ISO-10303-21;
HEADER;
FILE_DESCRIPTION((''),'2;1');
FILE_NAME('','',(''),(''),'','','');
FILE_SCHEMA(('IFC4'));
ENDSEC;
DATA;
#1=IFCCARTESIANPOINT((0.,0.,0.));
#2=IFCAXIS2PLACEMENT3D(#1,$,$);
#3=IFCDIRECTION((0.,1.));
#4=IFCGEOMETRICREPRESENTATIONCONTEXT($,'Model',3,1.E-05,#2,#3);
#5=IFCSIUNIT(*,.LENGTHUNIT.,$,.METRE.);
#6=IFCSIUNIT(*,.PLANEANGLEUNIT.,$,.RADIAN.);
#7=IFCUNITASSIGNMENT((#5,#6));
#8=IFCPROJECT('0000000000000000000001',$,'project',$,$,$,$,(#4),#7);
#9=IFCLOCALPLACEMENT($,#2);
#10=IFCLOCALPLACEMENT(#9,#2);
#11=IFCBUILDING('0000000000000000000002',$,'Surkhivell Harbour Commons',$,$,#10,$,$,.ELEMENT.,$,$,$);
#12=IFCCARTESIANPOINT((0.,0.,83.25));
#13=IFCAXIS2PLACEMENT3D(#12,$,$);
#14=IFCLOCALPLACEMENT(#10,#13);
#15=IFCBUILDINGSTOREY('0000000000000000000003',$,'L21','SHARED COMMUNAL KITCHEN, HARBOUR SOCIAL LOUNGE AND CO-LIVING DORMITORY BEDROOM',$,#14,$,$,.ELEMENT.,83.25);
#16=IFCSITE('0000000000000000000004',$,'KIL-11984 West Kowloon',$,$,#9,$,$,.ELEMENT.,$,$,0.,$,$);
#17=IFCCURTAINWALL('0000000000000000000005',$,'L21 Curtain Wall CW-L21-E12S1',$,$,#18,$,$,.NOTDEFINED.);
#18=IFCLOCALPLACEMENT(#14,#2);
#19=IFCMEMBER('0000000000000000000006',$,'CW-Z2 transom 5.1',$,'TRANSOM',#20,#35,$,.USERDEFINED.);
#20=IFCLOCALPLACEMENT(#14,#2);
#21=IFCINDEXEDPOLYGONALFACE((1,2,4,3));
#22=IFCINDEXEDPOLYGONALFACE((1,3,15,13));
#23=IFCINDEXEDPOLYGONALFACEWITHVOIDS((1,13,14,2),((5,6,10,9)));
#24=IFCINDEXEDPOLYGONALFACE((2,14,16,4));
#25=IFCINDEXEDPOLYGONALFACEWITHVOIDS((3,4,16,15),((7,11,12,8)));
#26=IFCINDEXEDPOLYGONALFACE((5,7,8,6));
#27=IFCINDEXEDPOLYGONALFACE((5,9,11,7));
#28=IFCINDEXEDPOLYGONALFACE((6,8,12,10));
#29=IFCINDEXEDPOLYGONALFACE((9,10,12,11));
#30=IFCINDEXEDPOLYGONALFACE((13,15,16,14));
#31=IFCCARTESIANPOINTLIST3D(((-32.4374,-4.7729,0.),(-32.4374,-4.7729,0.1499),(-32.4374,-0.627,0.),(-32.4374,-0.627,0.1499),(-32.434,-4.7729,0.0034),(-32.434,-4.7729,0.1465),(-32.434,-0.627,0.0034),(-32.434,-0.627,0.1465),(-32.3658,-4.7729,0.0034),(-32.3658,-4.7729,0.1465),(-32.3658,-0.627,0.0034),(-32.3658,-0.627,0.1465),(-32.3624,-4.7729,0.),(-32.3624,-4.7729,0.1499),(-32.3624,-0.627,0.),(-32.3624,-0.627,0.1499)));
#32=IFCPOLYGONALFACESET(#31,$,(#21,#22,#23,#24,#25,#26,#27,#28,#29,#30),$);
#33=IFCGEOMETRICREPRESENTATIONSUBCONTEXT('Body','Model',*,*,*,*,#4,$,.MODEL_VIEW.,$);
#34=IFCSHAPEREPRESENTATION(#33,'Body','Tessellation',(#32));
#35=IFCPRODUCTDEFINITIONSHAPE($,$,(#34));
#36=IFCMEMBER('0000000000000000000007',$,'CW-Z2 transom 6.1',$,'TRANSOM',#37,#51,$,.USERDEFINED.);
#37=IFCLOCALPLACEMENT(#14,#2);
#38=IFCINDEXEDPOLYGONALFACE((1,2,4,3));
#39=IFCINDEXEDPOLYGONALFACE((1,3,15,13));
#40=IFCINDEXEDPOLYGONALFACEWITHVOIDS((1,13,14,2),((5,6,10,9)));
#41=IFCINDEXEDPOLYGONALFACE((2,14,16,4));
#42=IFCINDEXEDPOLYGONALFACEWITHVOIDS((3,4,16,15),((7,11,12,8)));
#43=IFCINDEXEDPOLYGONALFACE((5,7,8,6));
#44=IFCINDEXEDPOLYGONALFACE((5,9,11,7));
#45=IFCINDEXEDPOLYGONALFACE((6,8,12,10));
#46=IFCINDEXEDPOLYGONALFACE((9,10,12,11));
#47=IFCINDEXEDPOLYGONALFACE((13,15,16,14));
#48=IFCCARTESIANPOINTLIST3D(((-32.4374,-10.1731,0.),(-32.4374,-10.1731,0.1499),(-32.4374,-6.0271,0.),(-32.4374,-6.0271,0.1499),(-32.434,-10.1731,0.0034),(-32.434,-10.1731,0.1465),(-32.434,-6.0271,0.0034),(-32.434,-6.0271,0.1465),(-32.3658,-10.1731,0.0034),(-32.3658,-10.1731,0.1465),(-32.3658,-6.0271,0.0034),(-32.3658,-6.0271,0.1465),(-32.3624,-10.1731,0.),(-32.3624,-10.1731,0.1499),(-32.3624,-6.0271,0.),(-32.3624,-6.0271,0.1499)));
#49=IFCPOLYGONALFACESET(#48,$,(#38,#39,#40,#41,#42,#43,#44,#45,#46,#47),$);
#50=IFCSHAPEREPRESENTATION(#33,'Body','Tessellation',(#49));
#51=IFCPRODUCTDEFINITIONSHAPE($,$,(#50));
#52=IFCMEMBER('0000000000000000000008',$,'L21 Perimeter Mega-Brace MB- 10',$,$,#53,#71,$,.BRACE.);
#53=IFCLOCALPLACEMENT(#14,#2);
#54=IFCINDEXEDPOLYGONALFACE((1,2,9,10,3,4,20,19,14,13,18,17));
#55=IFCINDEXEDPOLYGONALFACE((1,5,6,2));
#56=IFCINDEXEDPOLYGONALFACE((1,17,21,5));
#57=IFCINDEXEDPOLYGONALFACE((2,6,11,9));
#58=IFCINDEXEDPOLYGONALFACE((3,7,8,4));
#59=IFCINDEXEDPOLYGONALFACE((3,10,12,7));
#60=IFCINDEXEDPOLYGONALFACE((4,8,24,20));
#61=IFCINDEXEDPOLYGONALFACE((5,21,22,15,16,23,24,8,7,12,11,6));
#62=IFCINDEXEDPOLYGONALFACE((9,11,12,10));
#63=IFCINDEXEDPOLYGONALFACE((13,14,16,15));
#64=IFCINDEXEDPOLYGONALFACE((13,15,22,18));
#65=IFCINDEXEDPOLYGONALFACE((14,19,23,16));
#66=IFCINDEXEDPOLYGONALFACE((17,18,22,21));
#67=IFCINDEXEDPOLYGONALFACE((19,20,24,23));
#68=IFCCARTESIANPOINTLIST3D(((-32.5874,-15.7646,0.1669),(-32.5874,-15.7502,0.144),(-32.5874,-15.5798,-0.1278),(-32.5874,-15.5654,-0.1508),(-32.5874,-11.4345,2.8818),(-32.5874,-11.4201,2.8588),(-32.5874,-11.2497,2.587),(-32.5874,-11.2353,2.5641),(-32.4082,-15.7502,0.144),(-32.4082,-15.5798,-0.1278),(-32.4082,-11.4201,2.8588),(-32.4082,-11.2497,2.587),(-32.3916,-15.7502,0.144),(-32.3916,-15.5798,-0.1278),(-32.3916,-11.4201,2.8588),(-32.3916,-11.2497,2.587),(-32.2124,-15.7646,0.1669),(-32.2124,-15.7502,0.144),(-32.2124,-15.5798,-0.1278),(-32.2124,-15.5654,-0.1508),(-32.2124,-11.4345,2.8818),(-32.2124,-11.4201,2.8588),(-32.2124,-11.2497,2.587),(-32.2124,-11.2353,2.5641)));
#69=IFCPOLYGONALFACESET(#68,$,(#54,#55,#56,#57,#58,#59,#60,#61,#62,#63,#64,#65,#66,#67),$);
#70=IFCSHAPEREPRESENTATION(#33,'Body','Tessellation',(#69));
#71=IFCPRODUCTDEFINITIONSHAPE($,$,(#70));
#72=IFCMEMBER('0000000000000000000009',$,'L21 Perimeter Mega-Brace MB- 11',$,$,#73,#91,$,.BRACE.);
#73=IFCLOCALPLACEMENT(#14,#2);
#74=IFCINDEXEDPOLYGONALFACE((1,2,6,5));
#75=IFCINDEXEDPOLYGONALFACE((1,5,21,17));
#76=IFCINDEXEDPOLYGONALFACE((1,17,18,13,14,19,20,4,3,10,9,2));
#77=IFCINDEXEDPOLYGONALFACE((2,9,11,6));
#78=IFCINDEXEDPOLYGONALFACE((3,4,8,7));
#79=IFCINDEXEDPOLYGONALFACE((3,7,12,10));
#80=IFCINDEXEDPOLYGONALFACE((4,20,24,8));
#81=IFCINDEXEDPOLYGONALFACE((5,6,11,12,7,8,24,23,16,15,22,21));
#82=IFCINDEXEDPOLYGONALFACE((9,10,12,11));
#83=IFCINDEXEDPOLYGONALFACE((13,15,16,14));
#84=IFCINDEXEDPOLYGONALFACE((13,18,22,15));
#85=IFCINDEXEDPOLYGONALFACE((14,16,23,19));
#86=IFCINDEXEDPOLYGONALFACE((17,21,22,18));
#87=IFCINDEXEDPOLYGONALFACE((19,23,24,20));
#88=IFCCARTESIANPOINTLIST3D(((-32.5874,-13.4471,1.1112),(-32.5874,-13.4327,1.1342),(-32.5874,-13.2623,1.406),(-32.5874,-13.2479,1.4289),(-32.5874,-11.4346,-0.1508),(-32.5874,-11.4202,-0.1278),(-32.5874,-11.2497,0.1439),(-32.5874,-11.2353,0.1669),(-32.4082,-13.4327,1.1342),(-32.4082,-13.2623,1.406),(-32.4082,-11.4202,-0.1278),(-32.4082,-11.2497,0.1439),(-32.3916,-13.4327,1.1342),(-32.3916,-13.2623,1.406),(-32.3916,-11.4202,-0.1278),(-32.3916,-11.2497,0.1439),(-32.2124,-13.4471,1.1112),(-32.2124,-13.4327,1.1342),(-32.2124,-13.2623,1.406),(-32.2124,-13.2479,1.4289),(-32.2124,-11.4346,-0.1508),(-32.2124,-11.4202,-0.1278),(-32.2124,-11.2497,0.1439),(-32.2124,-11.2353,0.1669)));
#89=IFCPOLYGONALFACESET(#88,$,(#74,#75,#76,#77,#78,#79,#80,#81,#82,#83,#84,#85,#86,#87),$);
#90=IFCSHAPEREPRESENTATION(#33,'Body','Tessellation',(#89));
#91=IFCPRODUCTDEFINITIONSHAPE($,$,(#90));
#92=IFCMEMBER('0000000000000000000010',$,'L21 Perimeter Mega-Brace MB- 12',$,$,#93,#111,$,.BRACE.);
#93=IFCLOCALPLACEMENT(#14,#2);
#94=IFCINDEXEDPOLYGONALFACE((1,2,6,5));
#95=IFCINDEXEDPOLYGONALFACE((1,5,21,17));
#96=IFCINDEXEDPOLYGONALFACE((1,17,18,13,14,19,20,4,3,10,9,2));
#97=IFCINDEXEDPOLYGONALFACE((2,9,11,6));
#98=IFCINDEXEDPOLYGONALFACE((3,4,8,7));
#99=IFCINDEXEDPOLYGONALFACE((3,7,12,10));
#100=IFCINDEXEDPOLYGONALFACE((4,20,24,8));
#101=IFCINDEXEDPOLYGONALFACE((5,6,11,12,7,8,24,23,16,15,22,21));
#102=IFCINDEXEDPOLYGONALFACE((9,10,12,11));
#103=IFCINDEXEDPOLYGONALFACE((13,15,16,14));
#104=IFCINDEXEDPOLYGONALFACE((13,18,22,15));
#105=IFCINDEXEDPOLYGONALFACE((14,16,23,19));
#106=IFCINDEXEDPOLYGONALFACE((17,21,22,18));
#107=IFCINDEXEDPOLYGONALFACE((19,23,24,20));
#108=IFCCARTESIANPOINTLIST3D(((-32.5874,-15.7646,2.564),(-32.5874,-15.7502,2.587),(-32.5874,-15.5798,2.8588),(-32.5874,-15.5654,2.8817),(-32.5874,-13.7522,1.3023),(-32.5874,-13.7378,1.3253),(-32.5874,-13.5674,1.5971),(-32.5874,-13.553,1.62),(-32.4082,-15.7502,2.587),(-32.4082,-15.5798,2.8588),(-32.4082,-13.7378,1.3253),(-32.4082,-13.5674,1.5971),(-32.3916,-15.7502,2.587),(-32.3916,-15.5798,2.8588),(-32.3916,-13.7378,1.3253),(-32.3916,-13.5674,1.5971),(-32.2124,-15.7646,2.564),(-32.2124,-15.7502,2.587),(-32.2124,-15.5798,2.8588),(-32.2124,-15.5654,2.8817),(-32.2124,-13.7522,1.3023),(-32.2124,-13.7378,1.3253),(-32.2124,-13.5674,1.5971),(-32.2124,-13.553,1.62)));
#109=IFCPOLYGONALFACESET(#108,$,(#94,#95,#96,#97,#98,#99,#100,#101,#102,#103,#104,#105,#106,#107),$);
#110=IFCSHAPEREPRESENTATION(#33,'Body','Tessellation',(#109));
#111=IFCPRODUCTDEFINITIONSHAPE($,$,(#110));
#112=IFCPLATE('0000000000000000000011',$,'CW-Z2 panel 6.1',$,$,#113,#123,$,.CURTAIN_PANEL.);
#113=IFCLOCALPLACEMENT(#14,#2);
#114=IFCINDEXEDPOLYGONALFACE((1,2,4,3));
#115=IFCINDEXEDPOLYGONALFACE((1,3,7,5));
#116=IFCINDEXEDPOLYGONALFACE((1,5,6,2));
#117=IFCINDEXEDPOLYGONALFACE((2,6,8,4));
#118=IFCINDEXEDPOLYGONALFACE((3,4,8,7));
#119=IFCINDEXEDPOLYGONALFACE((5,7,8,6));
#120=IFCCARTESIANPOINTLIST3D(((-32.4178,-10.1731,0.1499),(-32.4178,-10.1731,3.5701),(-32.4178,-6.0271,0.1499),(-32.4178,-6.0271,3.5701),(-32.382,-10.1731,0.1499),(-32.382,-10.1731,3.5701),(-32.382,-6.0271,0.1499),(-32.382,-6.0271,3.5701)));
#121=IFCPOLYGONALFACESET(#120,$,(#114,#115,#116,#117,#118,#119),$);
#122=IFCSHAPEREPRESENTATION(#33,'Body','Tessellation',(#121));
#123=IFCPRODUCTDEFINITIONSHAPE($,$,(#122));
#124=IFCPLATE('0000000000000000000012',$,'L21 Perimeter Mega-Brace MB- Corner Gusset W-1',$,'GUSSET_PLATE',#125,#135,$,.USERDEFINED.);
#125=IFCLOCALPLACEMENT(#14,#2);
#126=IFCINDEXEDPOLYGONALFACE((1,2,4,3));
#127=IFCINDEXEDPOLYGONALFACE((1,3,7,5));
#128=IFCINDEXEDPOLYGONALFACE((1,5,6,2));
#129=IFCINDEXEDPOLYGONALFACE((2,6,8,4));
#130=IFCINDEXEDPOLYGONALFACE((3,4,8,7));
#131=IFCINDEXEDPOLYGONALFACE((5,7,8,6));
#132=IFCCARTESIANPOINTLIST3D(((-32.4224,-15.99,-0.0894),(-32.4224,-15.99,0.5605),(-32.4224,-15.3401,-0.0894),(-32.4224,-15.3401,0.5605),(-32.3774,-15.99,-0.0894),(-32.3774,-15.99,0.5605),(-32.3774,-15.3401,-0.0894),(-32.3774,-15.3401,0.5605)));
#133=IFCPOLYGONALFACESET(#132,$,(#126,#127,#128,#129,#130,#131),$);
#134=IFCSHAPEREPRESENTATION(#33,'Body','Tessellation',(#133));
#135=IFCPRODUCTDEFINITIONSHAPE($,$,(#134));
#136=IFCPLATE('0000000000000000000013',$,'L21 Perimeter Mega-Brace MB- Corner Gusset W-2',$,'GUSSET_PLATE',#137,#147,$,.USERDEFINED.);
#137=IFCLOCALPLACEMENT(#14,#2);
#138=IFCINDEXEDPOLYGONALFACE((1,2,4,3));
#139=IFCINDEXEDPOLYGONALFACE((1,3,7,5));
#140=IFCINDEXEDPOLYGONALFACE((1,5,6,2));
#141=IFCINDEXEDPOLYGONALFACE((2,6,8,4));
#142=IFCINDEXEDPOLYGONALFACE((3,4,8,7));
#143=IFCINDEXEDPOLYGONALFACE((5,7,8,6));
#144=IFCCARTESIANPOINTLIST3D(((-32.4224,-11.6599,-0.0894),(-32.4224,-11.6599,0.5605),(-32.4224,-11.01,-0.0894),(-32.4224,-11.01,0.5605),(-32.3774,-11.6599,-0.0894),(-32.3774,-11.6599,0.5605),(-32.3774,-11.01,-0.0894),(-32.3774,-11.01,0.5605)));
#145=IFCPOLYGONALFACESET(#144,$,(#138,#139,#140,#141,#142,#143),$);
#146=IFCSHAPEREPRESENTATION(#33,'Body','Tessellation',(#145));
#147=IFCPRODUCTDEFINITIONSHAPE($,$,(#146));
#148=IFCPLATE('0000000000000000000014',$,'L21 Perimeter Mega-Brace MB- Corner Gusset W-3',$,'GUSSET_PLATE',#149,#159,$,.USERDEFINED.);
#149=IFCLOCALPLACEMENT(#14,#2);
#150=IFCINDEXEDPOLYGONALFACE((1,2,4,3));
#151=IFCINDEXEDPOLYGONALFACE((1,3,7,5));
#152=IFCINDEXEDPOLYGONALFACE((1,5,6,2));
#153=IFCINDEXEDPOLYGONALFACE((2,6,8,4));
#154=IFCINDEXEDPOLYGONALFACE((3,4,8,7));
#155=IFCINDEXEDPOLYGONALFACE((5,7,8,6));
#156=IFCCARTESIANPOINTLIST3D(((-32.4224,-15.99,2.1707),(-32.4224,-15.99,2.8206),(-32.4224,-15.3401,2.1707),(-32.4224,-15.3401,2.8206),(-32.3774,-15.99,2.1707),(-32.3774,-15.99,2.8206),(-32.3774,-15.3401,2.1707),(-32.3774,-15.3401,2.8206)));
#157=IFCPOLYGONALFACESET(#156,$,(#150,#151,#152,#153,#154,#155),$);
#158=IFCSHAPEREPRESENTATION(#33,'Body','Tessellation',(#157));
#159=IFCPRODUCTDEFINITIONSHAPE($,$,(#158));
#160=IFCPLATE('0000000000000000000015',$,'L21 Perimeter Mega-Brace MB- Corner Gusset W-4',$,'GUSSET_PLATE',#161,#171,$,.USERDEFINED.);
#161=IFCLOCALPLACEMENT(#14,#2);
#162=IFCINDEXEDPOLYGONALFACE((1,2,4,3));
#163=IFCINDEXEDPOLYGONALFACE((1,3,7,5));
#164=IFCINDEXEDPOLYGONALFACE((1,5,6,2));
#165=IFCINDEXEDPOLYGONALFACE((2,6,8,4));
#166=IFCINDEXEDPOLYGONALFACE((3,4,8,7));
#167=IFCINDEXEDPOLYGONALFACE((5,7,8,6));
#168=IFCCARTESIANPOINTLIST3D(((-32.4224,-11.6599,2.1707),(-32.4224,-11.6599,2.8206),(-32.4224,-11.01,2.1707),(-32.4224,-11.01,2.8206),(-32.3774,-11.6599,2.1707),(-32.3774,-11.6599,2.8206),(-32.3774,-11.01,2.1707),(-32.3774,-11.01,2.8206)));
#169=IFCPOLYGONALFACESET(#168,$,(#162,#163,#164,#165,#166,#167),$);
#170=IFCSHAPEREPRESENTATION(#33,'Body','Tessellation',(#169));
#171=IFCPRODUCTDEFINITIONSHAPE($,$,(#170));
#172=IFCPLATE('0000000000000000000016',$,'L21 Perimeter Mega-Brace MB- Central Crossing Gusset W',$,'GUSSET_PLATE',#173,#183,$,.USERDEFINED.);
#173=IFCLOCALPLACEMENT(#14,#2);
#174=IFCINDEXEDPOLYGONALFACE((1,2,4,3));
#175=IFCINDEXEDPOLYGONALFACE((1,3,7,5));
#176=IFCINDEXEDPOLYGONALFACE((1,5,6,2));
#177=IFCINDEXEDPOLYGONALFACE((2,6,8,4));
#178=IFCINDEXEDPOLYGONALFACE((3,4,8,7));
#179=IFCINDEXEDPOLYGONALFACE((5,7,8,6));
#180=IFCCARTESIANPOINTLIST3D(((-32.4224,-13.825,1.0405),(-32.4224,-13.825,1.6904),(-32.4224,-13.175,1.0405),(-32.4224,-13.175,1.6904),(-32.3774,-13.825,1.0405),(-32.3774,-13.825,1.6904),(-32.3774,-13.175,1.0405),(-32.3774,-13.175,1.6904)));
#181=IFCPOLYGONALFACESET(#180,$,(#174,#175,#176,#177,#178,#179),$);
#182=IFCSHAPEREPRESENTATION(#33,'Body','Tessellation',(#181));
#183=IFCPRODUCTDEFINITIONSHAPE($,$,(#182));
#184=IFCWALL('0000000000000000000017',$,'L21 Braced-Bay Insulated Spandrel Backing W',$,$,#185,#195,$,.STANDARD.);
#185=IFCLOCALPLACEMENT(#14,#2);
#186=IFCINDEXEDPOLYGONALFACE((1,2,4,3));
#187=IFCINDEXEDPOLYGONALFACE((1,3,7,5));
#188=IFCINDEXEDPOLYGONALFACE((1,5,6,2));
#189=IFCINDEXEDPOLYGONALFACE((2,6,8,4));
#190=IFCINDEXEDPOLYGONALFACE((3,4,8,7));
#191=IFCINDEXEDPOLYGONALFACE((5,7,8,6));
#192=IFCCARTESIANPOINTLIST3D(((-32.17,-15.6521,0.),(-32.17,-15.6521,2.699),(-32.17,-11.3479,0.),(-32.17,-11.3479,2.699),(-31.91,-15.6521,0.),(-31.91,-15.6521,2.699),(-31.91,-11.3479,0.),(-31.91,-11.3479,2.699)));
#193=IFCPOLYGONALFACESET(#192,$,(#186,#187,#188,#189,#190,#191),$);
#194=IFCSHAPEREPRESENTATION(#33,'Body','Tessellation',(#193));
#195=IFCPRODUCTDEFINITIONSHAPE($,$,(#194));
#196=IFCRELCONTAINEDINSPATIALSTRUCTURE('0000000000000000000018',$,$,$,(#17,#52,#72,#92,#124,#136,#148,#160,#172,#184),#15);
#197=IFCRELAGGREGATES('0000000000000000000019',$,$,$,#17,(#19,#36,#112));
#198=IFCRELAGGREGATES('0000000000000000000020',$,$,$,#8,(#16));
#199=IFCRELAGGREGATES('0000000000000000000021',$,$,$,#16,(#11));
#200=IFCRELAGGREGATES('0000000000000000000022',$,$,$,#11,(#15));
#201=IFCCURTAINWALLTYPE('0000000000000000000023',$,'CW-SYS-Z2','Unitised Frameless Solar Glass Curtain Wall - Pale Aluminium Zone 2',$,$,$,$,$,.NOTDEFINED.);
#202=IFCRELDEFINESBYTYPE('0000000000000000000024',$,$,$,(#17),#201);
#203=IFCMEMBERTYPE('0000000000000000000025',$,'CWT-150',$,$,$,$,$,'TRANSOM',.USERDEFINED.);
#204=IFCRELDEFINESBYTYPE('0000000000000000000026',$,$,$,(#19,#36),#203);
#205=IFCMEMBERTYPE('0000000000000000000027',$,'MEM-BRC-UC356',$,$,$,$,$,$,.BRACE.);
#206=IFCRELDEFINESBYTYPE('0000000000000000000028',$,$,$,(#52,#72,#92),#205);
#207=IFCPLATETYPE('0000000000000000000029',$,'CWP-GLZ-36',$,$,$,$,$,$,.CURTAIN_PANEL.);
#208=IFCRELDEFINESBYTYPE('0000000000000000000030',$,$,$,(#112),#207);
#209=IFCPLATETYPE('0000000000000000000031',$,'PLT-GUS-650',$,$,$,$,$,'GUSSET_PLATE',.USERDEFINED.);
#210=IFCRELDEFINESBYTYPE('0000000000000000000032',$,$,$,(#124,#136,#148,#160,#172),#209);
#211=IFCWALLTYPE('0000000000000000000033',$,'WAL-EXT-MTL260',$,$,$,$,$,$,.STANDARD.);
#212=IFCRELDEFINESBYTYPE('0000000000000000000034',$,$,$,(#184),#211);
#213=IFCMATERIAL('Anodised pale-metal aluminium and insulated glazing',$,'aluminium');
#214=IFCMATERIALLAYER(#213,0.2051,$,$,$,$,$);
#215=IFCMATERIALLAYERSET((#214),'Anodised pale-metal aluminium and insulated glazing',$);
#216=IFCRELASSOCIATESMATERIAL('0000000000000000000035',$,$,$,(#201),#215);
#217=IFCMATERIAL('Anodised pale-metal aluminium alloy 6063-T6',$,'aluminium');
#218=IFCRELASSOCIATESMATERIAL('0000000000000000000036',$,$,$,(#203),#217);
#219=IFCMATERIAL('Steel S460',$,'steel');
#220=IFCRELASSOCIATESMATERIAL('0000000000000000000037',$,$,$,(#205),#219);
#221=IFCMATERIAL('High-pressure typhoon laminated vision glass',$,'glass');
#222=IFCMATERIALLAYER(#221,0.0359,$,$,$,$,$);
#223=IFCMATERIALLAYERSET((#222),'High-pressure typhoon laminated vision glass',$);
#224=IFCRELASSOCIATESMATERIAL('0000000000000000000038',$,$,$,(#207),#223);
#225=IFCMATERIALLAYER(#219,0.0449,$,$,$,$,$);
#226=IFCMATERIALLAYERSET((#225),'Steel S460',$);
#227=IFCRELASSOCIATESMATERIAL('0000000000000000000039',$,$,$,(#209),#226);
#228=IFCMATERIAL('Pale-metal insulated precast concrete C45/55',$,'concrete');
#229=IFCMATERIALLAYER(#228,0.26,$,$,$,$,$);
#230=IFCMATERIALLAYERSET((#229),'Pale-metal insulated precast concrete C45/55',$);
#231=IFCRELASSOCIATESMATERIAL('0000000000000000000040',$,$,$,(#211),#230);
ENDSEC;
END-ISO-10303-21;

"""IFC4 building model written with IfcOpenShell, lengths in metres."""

from ifc_helpers import new_model, si_unit, direction, frame, frame_2d, origin, origin_2d, place, context, subcontext, project, spatial, rectangle, hollow_rectangle, i_section, extrude, material, layer, layer_set, material_profile, profile_set, type_object, element, aggregate, save


model = new_model("IFC4")

# Units and contexts
model_context = context("Model", 3, precision=1e-05, world=origin(), true_north=direction((0.0, 1.0)))
body_context = subcontext(model_context, "Body", "Model", "MODEL_VIEW")
ifc_project = project(units=[si_unit("LENGTHUNIT", "METRE"), si_unit("PLANEANGLEUNIT", "RADIAN")], contexts=[model_context])

# Site, building, storey
site_placement = place(None, origin())
site = spatial("IfcSite", under=ifc_project, at=site_placement, Name="KIL-11984 West Kowloon", CompositionType="ELEMENT", RefElevation=0.0)
building_placement = place(site_placement, origin())
building = spatial("IfcBuilding", under=site, at=building_placement, Name="Surkhivell Harbour Commons", CompositionType="ELEMENT")
storey_placement = place(building_placement, frame((0.0, 0.0, 83.25)))
storey = spatial("IfcBuildingStorey", under=building, at=storey_placement, Name="L21", Description="SHARED COMMUNAL KITCHEN, HARBOUR SOCIAL LOUNGE AND CO-LIVING DORMITORY BEDROOM", CompositionType="ELEMENT", Elevation=83.25)

# Shared definitions
ifc_material_1 = material(Name="Steel S460", Category="steel")

# Curtain wall
ifc_material_2 = material(Name="Anodised pale-metal aluminium and insulated glazing", Category="aluminium")
ifc_layer_1 = layer(ifc_material_2, 0.2051)
ifc_layer_set_1 = layer_set([ifc_layer_1], Name="Anodised pale-metal aluminium and insulated glazing")
curtain_wall_type = type_object("IfcCurtainWallType", Name="CW-SYS-Z2", Description="Unitised Frameless Solar Glass Curtain Wall - Pale Aluminium Zone 2", PredefinedType="NOTDEFINED", material=ifc_layer_set_1)
curtain_wall_1_placement = place(storey_placement, origin())
curtain_wall_1 = element("IfcCurtainWall", 1, at=curtain_wall_1_placement, inside=storey, type_object=curtain_wall_type, Name="L21 Curtain Wall CW-L21-E12S1", PredefinedType="NOTDEFINED")
ifc_material_3 = material(Name="Anodised pale-metal aluminium alloy 6063-T6", Category="aluminium")

# Members
ifc_material_profile_1 = material_profile(ifc_material_3, hollow_rectangle(XDim=0.075, YDim=0.1499, WallThickness=0.0034, at=origin_2d()), Name="ALU-TRAN-75x150")
ifc_profile_set_1 = profile_set([ifc_material_profile_1], Name="Anodised pale-metal aluminium alloy 6063-T6")
member_type_1 = type_object("IfcMemberType", Name="CWT-150", ElementType="TRANSOM", PredefinedType="USERDEFINED", material=ifc_profile_set_1)
member_1_placement = place(storey_placement, frame((-32.3999, -0.627, 0.075), z_axis=(0.0, -1.0, 0.0), x_axis=(1.0, 0.0, 0.0)))
member_1 = element("IfcMember", 2, at=member_1_placement, type_object=member_type_1, Name="CW-Z2 transom 5.1", ObjectType="TRANSOM", PredefinedType="USERDEFINED", context=body_context, shape_type="SweptSolid", body=[
    extrude(hollow_rectangle(XDim=0.075, YDim=0.1499, WallThickness=0.0034, at=origin_2d()), origin(), (0.0, 0.0, 1.0), 4.146),
])
member_2_placement = place(storey_placement, frame((-32.3999, -6.0271, 0.075), z_axis=(0.0, -1.0, 0.0), x_axis=(1.0, 0.0, 0.0)))
member_2 = element("IfcMember", 3, at=member_2_placement, type_object=member_type_1, Name="CW-Z2 transom 6.1", ObjectType="TRANSOM", PredefinedType="USERDEFINED", context=body_context, shape_type="SweptSolid", body=[
    extrude(hollow_rectangle(XDim=0.075, YDim=0.1499, WallThickness=0.0034, at=origin_2d()), origin(), (0.0, 0.0, 1.0), 4.146),
])

# Members
ifc_material_profile_2 = material_profile(ifc_material_1, i_section(OverallWidth=0.375, OverallDepth=0.375, WebThickness=0.0166, FlangeThickness=0.0271, at=origin_2d()), Name="UC356x368x202")
ifc_profile_set_2 = profile_set([ifc_material_profile_2], Name="Steel S460")
member_type_2 = type_object("IfcMemberType", Name="MEM-BRC-UC356", PredefinedType="BRACE", material=ifc_profile_set_2)
member_3_placement = place(storey_placement, frame((-32.3999, -15.665, 0.0081), z_axis=(0.0, 0.847246, 0.531201), x_axis=(-1.0, 0.0, 0.0)))
element("IfcMember", 4, at=member_3_placement, inside=storey, type_object=member_type_2, Name="L21 Perimeter Mega-Brace MB- 10", PredefinedType="BRACE", context=body_context, shape_type="SweptSolid", body=[
    extrude(i_section(OverallWidth=0.375, OverallDepth=0.375, WebThickness=0.0166, FlangeThickness=0.0271, at=origin_2d()), origin(), (0.0, 0.0, 1.0), 5.1108),
])
member_4_placement = place(storey_placement, frame((-32.3999, -11.335, 0.0081), z_axis=(0.0, -0.847206, 0.531264), x_axis=(1.0, 0.0, 0.0)))
element("IfcMember", 5, at=member_4_placement, inside=storey, type_object=member_type_2, Name="L21 Perimeter Mega-Brace MB- 11", PredefinedType="BRACE", context=body_context, shape_type="SweptSolid", body=[
    extrude(i_section(OverallWidth=0.375, OverallDepth=0.375, WebThickness=0.0166, FlangeThickness=0.0271, at=origin_2d()), origin(), (0.0, 0.0, 1.0), 2.3755),
])
member_5_placement = place(storey_placement, frame((-32.3999, -13.6526, 1.4612), z_axis=(0.0, -0.847253, 0.53119), x_axis=(1.0, 0.0, 0.0)))
element("IfcMember", 6, at=member_5_placement, inside=storey, type_object=member_type_2, Name="L21 Perimeter Mega-Brace MB- 12", PredefinedType="BRACE", context=body_context, shape_type="SweptSolid", body=[
    extrude(i_section(OverallWidth=0.375, OverallDepth=0.375, WebThickness=0.0166, FlangeThickness=0.0271, at=origin_2d()), origin(), (0.0, 0.0, 1.0), 2.3752),
])

# Plate
ifc_material_4 = material(Name="High-pressure typhoon laminated vision glass", Category="glass")
ifc_layer_2 = layer(ifc_material_4, 0.0359)
ifc_layer_set_2 = layer_set([ifc_layer_2], Name="High-pressure typhoon laminated vision glass")
plate_type_1 = type_object("IfcPlateType", Name="CWP-GLZ-36", PredefinedType="CURTAIN_PANEL", material=ifc_layer_set_2)
plate_placement = place(storey_placement, frame((-32.3999, -6.0271, 0.1499), z_axis=(0.0, 0.0, 1.0), x_axis=(0.0, -1.0, 0.0)))
plate = element("IfcPlate", 7, at=plate_placement, type_object=plate_type_1, Name="CW-Z2 panel 6.1", PredefinedType="CURTAIN_PANEL", context=body_context, shape_type="SweptSolid", body=[
    extrude(rectangle(XDim=4.146, YDim=0.0359, at=frame_2d((2.073, 0.0))), origin(), (0.0, 0.0, 1.0), 3.4202),
])
aggregate(curtain_wall_1, [member_1, member_2, plate])

# Plates
ifc_layer_3 = layer(ifc_material_1, 0.0449)
ifc_layer_set_3 = layer_set([ifc_layer_3], Name="Steel S460")
plate_type_2 = type_object("IfcPlateType", Name="PLT-GUS-650", ElementType="GUSSET_PLATE", PredefinedType="USERDEFINED", material=ifc_layer_set_3)
for number, where, z_axis, x_axis, name in (
    (8, (-32.3999, -15.665, -0.0894), (0.0, 0.0, 1.0), (0.0, 1.0, 0.0), "L21 Perimeter Mega-Brace MB- Corner Gusset W-1"),
    (9, (-32.3999, -11.335, -0.0894), (0.0, 0.0, 1.0), (0.0, 1.0, 0.0), "L21 Perimeter Mega-Brace MB- Corner Gusset W-2"),
    (10, (-32.3999, -15.665, 2.1707), (0.0, 0.0, 1.0), (0.0, 1.0, 0.0), "L21 Perimeter Mega-Brace MB- Corner Gusset W-3"),
    (11, (-32.3999, -11.335, 2.1707), (0.0, 0.0, 1.0), (0.0, 1.0, 0.0), "L21 Perimeter Mega-Brace MB- Corner Gusset W-4"),
    (12, (-32.3999, -13.5, 1.0405), (0.0, 0.0, 1.0), (0.0, 1.0, 0.0), "L21 Perimeter Mega-Brace MB- Central Crossing Gusset W"),
):
    element("IfcPlate", number, at=place(storey_placement, frame(where, z_axis=z_axis, x_axis=x_axis)), inside=storey, type_object=plate_type_2, Name=name, ObjectType="GUSSET_PLATE", PredefinedType="USERDEFINED", context=body_context, shape_type="SweptSolid", body=[
        extrude(rectangle(XDim=0.6499, YDim=0.0449, at=origin_2d()), origin(), (0.0, 0.0, 1.0), 0.6499),
    ])

# Wall
ifc_material_5 = material(Name="Pale-metal insulated precast concrete C45/55", Category="concrete")
ifc_layer_4 = layer(ifc_material_5, 0.26)
ifc_layer_set_4 = layer_set([ifc_layer_4], Name="Pale-metal insulated precast concrete C45/55")
wall_type_1 = type_object("IfcWallType", Name="WAL-EXT-MTL260", PredefinedType="STANDARD", material=ifc_layer_set_4)
wall_placement = place(storey_placement, frame((-32.04, -11.3479, 0.0), z_axis=(0.0, 0.0, 1.0), x_axis=(0.0, -1.0, 0.0)))
element("IfcWall", 13, at=wall_placement, inside=storey, type_object=wall_type_1, Name="L21 Braced-Bay Insulated Spandrel Backing W", PredefinedType="STANDARD", context=body_context, shape_type="SweptSolid", body=[
    extrude(rectangle(XDim=4.3042, YDim=0.26, at=frame_2d((2.1521, 0.0))), origin(), (0.0, 0.0, 1.0), 2.699),
])

save(model, "model.ifc")
